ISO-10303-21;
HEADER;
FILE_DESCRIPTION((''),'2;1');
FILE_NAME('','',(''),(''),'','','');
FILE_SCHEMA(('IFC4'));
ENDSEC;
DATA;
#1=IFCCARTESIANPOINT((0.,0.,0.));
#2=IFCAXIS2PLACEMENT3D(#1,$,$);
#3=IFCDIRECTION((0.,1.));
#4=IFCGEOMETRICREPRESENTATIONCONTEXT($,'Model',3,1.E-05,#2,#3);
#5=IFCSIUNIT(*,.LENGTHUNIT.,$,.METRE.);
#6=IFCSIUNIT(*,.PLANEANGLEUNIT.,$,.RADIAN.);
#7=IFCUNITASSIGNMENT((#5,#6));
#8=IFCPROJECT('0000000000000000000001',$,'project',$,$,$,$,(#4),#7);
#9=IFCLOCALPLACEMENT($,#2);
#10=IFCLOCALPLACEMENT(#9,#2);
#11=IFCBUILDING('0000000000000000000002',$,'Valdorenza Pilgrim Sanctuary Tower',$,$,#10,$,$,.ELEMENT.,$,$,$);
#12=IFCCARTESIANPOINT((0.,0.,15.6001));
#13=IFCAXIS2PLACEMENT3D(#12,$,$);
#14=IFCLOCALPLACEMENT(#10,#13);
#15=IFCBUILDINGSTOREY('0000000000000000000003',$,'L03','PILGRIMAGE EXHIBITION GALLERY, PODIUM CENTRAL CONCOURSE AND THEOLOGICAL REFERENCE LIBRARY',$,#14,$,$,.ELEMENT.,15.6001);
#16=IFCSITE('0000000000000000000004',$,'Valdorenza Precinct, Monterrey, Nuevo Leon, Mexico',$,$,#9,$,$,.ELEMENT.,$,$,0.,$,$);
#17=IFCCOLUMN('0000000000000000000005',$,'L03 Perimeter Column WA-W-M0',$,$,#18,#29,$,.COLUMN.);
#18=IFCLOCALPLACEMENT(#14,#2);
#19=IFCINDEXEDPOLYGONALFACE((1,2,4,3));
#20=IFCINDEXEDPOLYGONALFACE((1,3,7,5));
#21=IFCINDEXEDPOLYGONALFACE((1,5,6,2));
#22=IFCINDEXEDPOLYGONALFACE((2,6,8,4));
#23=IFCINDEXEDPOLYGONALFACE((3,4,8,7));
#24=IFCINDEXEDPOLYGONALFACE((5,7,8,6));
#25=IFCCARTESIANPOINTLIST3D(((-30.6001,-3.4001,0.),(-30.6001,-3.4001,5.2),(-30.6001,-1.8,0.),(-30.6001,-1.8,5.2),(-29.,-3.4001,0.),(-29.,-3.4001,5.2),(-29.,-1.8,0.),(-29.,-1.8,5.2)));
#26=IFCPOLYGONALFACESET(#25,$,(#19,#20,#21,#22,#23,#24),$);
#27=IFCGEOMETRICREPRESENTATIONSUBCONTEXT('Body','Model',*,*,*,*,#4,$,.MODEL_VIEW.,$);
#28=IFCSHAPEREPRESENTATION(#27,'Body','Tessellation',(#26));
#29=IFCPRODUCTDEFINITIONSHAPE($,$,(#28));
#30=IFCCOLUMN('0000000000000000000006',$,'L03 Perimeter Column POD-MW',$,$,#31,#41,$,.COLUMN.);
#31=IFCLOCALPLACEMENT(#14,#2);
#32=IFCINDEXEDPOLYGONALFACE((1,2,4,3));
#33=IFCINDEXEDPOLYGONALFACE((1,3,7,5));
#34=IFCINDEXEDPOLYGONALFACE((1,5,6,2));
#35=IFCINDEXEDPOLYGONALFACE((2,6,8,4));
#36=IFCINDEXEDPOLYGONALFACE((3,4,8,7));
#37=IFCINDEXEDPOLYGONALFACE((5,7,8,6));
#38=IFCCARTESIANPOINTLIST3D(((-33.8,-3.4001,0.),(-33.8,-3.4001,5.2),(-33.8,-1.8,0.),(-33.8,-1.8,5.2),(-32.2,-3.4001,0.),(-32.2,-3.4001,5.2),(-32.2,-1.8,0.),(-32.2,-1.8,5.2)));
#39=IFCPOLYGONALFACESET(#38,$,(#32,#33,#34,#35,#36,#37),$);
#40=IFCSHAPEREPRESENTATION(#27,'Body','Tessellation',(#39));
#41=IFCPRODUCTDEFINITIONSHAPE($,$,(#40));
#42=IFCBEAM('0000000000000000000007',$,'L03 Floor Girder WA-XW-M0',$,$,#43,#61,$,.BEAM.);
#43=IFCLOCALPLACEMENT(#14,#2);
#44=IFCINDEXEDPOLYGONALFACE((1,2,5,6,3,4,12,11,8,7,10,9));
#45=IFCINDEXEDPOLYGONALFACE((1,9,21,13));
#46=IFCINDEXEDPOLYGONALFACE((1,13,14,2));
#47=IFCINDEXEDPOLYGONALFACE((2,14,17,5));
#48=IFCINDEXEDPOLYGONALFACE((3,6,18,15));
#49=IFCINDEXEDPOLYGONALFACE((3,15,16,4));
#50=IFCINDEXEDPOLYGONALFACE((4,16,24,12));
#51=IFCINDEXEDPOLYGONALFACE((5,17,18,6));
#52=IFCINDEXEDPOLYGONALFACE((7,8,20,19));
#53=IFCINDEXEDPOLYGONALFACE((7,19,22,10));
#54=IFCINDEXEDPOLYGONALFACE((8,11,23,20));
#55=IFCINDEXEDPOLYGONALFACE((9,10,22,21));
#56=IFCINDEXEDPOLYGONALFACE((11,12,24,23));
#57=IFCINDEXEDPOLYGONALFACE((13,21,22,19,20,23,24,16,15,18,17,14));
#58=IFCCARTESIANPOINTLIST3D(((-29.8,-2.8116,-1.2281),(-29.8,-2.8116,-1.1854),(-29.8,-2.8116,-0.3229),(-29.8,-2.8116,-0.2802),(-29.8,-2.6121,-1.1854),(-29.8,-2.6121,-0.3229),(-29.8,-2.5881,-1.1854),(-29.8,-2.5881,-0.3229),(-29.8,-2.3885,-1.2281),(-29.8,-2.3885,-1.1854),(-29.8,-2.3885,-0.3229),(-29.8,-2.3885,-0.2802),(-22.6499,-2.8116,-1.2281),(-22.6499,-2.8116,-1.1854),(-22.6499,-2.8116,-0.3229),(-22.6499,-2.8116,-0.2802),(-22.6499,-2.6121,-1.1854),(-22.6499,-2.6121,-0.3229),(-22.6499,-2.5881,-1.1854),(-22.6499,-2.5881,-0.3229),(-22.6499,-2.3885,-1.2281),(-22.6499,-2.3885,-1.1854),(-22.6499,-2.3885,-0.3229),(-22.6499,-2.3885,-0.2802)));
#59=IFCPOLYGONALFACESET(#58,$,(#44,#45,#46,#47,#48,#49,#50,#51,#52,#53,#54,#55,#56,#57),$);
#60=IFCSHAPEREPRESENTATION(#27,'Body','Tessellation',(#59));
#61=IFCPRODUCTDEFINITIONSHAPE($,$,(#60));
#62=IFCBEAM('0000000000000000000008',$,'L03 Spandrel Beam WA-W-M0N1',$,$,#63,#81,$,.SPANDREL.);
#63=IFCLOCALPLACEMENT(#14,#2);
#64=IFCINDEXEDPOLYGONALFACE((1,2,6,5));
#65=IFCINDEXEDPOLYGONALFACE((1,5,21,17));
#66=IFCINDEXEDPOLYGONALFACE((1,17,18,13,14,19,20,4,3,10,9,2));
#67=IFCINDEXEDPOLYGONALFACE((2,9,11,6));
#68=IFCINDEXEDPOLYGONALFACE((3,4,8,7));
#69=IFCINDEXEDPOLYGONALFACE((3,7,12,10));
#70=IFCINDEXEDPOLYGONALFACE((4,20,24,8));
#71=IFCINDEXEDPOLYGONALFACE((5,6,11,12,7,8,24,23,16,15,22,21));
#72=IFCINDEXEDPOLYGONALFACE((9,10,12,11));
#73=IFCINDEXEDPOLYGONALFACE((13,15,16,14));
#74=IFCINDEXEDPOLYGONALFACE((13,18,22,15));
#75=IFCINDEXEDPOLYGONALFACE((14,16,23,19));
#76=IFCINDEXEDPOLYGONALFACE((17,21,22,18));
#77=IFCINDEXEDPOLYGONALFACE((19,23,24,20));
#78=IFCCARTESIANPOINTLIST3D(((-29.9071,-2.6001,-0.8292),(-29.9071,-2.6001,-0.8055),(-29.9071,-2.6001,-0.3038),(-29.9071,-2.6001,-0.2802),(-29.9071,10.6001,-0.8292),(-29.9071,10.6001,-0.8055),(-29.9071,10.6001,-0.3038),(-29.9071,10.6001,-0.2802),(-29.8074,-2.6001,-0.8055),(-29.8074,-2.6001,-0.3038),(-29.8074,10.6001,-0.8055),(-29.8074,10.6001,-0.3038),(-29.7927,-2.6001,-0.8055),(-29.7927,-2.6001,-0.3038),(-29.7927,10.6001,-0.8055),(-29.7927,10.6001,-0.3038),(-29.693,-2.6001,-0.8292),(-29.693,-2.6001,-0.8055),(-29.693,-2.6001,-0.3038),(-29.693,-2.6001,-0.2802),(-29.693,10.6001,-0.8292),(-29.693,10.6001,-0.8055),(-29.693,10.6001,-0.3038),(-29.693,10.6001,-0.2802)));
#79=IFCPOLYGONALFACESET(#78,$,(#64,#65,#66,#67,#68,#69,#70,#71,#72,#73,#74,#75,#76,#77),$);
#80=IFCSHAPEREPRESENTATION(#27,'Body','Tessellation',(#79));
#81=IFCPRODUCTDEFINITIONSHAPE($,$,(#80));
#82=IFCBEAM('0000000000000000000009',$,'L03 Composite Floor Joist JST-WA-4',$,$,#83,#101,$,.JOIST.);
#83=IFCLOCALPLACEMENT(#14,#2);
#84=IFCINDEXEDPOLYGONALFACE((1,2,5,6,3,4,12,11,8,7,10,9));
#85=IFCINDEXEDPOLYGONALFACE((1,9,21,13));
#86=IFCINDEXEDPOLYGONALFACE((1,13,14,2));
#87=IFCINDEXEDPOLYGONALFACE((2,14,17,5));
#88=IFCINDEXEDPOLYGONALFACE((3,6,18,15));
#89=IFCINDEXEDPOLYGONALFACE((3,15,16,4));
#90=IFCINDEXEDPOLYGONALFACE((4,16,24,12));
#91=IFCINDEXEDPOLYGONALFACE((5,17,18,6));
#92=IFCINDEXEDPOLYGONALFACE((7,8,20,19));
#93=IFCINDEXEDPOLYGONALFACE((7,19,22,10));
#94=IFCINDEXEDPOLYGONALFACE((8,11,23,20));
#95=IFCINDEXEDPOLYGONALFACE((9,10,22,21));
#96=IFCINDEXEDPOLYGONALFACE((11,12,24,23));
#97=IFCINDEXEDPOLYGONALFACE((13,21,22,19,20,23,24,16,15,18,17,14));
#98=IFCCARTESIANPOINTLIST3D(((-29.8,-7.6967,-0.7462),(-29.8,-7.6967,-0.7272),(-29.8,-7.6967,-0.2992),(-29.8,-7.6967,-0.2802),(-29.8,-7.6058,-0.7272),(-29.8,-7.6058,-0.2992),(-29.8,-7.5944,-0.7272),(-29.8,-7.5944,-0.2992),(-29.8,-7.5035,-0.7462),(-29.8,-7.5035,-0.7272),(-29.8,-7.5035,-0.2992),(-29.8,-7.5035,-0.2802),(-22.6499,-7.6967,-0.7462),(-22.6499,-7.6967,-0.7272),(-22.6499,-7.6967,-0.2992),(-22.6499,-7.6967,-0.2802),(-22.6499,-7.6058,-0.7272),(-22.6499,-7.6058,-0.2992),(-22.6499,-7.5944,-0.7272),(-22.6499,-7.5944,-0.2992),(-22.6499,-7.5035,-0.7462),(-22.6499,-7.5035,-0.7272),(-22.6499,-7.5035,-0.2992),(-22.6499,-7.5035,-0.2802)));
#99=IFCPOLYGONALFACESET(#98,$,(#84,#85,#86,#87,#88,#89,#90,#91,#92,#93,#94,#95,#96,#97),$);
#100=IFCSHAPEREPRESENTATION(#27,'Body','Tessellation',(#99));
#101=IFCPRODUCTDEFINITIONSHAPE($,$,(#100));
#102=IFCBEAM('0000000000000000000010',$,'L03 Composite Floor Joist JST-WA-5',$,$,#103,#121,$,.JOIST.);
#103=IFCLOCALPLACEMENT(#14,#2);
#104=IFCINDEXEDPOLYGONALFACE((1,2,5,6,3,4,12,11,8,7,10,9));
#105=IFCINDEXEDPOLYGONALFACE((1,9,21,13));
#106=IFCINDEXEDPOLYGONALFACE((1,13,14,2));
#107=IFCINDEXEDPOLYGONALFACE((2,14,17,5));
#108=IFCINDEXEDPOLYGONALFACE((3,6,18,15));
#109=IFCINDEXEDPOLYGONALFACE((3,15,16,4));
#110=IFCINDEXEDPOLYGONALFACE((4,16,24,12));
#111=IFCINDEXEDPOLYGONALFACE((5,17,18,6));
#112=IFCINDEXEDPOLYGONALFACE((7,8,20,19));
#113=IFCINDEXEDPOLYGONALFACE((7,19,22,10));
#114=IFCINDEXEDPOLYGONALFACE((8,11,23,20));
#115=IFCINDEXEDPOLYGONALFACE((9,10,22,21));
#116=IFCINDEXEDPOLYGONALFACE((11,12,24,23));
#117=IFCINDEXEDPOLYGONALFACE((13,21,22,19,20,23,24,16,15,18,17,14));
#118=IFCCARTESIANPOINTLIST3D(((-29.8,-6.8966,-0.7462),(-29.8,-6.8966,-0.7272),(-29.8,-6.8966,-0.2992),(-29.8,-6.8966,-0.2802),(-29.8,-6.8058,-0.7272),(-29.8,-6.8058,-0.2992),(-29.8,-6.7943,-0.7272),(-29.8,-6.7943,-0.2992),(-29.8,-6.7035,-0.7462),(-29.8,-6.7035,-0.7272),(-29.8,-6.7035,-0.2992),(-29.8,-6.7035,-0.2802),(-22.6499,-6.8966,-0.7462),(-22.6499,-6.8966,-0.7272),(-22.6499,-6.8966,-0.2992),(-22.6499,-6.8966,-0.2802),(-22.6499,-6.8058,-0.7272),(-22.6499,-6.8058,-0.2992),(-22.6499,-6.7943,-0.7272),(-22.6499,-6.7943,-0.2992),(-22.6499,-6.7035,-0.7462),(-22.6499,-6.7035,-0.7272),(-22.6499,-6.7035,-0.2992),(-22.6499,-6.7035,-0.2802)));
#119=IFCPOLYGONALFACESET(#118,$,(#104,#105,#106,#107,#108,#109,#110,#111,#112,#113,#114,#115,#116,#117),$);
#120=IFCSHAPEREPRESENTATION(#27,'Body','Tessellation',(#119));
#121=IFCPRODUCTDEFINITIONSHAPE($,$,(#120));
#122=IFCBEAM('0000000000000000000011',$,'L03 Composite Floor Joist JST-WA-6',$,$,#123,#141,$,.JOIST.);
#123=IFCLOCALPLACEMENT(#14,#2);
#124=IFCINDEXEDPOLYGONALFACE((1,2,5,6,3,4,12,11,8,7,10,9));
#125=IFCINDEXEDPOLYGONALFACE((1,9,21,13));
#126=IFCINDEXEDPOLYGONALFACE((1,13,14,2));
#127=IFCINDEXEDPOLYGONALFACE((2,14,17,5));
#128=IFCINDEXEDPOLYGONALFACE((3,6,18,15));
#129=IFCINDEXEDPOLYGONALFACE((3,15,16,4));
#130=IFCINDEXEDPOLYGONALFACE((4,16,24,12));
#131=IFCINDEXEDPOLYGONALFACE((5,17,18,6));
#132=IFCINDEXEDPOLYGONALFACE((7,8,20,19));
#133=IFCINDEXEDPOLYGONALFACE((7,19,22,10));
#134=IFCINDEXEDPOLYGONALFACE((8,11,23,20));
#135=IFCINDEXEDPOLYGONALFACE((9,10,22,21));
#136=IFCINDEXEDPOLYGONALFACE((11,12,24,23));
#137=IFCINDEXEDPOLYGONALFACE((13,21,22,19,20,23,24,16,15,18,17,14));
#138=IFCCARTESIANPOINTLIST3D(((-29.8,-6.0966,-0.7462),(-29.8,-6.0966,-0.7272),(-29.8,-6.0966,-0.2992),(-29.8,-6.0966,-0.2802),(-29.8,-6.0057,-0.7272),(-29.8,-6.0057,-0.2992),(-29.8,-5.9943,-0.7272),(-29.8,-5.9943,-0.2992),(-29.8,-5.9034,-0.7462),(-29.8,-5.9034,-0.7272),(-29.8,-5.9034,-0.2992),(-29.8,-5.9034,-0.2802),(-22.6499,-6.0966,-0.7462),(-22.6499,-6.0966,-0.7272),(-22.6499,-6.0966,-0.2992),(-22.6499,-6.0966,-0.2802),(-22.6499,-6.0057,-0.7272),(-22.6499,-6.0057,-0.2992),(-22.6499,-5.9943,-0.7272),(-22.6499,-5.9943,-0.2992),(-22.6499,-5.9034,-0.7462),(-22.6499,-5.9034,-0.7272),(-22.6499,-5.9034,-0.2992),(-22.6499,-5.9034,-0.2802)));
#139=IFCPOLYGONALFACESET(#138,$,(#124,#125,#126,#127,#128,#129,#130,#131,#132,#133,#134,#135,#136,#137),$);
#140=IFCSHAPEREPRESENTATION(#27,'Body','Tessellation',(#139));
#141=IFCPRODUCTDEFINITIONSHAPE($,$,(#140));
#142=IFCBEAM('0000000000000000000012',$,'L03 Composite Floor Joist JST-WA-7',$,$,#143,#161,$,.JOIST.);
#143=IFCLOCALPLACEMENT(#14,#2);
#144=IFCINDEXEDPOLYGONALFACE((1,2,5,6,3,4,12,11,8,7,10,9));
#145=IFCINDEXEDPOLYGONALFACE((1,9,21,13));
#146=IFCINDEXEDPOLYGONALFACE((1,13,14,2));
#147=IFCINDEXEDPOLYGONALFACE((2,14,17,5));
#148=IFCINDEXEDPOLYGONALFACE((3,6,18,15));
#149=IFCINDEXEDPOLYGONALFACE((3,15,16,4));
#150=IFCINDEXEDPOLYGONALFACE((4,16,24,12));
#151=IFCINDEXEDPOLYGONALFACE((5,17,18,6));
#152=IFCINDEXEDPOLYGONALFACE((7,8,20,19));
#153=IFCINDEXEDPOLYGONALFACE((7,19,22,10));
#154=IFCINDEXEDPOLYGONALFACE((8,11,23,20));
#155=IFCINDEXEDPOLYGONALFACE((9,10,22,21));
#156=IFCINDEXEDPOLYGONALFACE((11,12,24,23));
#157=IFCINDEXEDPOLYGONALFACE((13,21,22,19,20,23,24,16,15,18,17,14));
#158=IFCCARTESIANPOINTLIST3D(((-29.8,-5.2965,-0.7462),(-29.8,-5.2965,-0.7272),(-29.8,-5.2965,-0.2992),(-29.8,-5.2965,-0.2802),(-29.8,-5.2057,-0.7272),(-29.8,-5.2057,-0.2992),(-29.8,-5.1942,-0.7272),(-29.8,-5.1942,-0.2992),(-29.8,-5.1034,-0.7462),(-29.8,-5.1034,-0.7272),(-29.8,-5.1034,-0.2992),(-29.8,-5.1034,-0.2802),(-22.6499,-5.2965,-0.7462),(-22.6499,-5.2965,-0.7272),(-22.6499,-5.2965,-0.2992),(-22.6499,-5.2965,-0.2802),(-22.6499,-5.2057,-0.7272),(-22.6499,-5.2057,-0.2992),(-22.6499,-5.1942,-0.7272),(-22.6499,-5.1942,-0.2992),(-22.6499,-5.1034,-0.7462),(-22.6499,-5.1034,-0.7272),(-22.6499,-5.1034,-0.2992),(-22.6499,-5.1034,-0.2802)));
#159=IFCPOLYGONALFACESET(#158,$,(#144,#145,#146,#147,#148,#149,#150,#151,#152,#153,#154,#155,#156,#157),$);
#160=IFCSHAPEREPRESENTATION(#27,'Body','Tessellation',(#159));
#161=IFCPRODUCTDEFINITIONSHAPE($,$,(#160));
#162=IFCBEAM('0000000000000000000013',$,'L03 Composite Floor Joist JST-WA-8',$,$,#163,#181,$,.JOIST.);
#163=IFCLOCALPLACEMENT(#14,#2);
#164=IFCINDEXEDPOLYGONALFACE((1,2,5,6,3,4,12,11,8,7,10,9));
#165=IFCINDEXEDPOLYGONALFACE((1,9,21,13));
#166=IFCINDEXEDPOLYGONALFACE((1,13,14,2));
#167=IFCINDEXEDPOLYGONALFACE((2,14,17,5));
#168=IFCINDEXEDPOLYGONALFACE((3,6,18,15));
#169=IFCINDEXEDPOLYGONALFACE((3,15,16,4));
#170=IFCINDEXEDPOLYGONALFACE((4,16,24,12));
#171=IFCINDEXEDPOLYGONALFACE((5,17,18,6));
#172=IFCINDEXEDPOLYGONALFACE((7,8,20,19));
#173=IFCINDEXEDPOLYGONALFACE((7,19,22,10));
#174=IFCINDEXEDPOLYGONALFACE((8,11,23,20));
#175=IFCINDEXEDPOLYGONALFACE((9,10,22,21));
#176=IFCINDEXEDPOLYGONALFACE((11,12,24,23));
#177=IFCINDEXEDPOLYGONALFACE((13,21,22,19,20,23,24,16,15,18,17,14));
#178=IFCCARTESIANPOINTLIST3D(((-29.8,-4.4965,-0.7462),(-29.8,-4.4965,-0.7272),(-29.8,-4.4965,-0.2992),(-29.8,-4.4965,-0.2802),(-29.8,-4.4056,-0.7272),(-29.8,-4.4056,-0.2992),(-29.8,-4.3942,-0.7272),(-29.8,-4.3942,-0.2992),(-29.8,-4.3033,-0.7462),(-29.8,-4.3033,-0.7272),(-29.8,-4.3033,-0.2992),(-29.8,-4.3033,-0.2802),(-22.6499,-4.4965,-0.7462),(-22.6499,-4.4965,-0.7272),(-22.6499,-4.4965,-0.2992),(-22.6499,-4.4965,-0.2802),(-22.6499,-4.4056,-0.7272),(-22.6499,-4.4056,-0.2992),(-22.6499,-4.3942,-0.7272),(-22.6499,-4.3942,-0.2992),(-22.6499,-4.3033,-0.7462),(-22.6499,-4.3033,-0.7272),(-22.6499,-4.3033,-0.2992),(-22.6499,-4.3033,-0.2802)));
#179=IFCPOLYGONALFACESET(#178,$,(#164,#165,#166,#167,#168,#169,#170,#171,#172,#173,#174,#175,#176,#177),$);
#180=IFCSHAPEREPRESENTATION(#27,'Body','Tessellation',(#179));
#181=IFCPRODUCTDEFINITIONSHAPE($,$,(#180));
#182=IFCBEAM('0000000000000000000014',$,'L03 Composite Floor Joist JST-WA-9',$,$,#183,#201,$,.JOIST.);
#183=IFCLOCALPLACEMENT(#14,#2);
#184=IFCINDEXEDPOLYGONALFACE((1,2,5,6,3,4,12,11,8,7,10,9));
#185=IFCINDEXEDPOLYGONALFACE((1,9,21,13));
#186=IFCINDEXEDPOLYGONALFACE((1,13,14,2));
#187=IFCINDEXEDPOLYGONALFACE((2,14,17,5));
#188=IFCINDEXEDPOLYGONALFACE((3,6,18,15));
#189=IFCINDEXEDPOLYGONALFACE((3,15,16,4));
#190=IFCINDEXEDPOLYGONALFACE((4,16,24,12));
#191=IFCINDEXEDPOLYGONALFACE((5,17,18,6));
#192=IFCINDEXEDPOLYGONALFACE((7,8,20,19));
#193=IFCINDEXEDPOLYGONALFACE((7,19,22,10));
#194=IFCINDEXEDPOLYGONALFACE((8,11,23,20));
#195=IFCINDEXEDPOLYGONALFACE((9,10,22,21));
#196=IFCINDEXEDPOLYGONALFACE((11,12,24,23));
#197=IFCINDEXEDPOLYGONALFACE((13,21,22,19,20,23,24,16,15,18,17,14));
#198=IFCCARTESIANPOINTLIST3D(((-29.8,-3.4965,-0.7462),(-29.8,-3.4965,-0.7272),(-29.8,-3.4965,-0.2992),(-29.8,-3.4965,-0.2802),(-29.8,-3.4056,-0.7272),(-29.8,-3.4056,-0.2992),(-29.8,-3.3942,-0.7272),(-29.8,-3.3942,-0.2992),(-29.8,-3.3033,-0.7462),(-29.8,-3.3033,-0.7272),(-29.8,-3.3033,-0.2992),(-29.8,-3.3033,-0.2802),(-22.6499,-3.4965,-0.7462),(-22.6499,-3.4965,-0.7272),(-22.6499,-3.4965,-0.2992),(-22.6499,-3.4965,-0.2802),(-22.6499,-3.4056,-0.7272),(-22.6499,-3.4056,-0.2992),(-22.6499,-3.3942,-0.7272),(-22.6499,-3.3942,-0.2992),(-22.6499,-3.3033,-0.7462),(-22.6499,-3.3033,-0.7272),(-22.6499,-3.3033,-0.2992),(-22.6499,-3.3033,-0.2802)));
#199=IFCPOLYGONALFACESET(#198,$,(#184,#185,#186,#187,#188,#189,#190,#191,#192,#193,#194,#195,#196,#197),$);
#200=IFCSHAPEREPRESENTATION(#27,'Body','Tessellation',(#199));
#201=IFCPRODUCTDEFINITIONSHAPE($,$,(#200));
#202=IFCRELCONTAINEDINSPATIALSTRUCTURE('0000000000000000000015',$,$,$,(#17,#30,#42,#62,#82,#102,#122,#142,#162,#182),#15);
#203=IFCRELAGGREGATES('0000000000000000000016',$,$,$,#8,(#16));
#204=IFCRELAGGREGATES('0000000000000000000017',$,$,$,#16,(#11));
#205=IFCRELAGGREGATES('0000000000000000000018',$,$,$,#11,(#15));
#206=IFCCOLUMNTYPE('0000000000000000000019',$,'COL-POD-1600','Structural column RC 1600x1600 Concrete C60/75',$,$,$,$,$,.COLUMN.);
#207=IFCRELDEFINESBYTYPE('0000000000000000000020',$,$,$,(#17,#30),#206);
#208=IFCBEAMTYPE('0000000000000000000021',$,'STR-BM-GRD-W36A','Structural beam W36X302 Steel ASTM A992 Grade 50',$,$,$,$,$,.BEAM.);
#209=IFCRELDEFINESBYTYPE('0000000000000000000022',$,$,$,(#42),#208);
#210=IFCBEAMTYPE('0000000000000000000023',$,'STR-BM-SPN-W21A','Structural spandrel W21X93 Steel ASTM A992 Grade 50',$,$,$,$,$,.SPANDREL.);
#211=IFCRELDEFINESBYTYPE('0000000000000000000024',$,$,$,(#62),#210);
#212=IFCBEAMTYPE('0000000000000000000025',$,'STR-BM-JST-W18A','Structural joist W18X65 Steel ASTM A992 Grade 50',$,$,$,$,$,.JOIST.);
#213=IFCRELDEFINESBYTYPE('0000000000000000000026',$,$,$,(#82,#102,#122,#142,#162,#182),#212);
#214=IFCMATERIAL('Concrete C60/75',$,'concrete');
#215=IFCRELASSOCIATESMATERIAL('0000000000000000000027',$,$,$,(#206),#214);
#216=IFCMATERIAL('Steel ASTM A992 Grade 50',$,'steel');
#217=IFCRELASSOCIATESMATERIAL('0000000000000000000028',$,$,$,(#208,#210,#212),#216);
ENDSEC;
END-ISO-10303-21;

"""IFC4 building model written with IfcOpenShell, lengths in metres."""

from ifc_helpers import new_model, si_unit, direction, frame, origin, origin_2d, place, context, subcontext, project, spatial, rectangle, i_section, extrude, source, transform, mapped, material, material_profile, profile_set, type_object, element, save


model = new_model("IFC4")

# Units and contexts
model_context = context("Model", 3, precision=1e-05, world=origin(), true_north=direction((0.0, 1.0)))
body_context = subcontext(model_context, "Body", "Model", "MODEL_VIEW")
ifc_project = project(units=[si_unit("LENGTHUNIT", "METRE"), si_unit("PLANEANGLEUNIT", "RADIAN")], contexts=[model_context])

# Site, building, storey
site_placement = place(None, origin())
site = spatial("IfcSite", under=ifc_project, at=site_placement, Name="Valdorenza Precinct, Monterrey, Nuevo Leon, Mexico", CompositionType="ELEMENT", RefElevation=0.0)
building_placement = place(site_placement, origin())
building = spatial("IfcBuilding", under=site, at=building_placement, Name="Valdorenza Pilgrim Sanctuary Tower", CompositionType="ELEMENT")
storey_placement = place(building_placement, frame((0.0, 0.0, 15.6001)))
storey = spatial("IfcBuildingStorey", under=building, at=storey_placement, Name="L03", Description="PILGRIMAGE EXHIBITION GALLERY, PODIUM CENTRAL CONCOURSE AND THEOLOGICAL REFERENCE LIBRARY", CompositionType="ELEMENT", Elevation=15.6001)

# Columns
ifc_material_1 = material(Name="Concrete C60/75", Category="concrete")
ifc_material_profile_1 = material_profile(ifc_material_1, rectangle(XDim=1.6001, YDim=1.6001, at=origin_2d()), Name="RC 1600x1600")
ifc_profile_set_1 = profile_set([ifc_material_profile_1], Name="Concrete C60/75")
column_type = type_object("IfcColumnType", Name="COL-POD-1600", Description="Structural column RC 1600x1600 Concrete C60/75", PredefinedType="COLUMN", material=ifc_profile_set_1)
shared_shape_1 = source(origin(), body_context, "Body", "SweptSolid", [
    extrude(rectangle(XDim=1.6001, YDim=1.6001, at=origin_2d()), origin(), (0.0, 0.0, 1.0), 5.2),
])
for number, where, z_axis, x_axis, name in (
    (1, (-29.8, -2.6001, 0.0), (0.0, 0.0, 1.0), (1.0, 0.0, 0.0), "L03 Perimeter Column WA-W-M0"),
    (2, (-33.0, -2.6001, 0.0), (0.0, 0.0, 1.0), (1.0, 0.0, 0.0), "L03 Perimeter Column POD-MW"),
):
    element("IfcColumn", number, at=place(storey_placement, frame(where, z_axis=z_axis, x_axis=x_axis)), inside=storey, type_object=column_type, Name=name, PredefinedType="COLUMN", context=body_context, shape_type="MappedRepresentation", body=[
        mapped(shared_shape_1, transform((0.0, 0.0, 0.0), x_axis=(1.0, 0.0, 0.0), y_axis=(0.0, 1.0, 0.0), z_axis=(0.0, 0.0, 1.0), scale=1.0)),
    ])

# Beams
ifc_material_2 = material(Name="Steel ASTM A992 Grade 50", Category="steel")
ifc_material_profile_2 = material_profile(ifc_material_2, i_section(OverallWidth=0.4231, OverallDepth=0.948, WebThickness=0.0239, FlangeThickness=0.0427, at=origin_2d()), Name="W36X302")
ifc_profile_set_2 = profile_set([ifc_material_profile_2], Name="Steel ASTM A992 Grade 50")
beam_type_1 = type_object("IfcBeamType", Name="STR-BM-GRD-W36A", Description="Structural beam W36X302 Steel ASTM A992 Grade 50", PredefinedType="BEAM", material=ifc_profile_set_2)
shared_shape_2 = source(origin(), body_context, "Body", "SweptSolid", [
    extrude(i_section(OverallWidth=0.4231, OverallDepth=0.948, WebThickness=0.0239, FlangeThickness=0.0427, at=origin_2d()), origin(), (0.0, 0.0, 1.0), 7.1501),
])
beam_1_placement = place(storey_placement, frame((-29.8, -2.6001, -0.7542), z_axis=(1.0, 0.0, 0.0), x_axis=(0.0, 1.0, 0.0)))
element("IfcBeam", 3, at=beam_1_placement, inside=storey, type_object=beam_type_1, Name="L03 Floor Girder WA-XW-M0", PredefinedType="BEAM", context=body_context, shape_type="MappedRepresentation", body=[
    mapped(shared_shape_2, transform((0.0, 0.0, 0.0), x_axis=(1.0, 0.0, 0.0), y_axis=(0.0, 1.0, 0.0), z_axis=(0.0, 0.0, 1.0), scale=1.0)),
])
ifc_material_profile_3 = material_profile(ifc_material_2, i_section(OverallWidth=0.2141, OverallDepth=0.5491, WebThickness=0.0146, FlangeThickness=0.0237, at=origin_2d()), Name="W21X93")
ifc_profile_set_3 = profile_set([ifc_material_profile_3], Name="Steel ASTM A992 Grade 50")
beam_type_2 = type_object("IfcBeamType", Name="STR-BM-SPN-W21A", Description="Structural spandrel W21X93 Steel ASTM A992 Grade 50", PredefinedType="SPANDREL", material=ifc_profile_set_3)
shared_shape_3 = source(origin(), body_context, "Body", "SweptSolid", [
    extrude(i_section(OverallWidth=0.2141, OverallDepth=0.5491, WebThickness=0.0146, FlangeThickness=0.0237, at=origin_2d()), origin(), (0.0, 0.0, 1.0), 13.2002),
])
beam_2_placement = place(storey_placement, frame((-29.8, -2.6001, -0.5547), z_axis=(0.0, 1.0, 0.0), x_axis=(-1.0, 0.0, 0.0)))
element("IfcBeam", 4, at=beam_2_placement, inside=storey, type_object=beam_type_2, Name="L03 Spandrel Beam WA-W-M0N1", PredefinedType="SPANDREL", context=body_context, shape_type="MappedRepresentation", body=[
    mapped(shared_shape_3, transform((0.0, 0.0, 0.0), x_axis=(1.0, 0.0, 0.0), y_axis=(0.0, 1.0, 0.0), z_axis=(0.0, 0.0, 1.0), scale=1.0)),
])
ifc_material_profile_4 = material_profile(ifc_material_2, i_section(OverallWidth=0.1931, OverallDepth=0.4661, WebThickness=0.0115, FlangeThickness=0.019, at=origin_2d()), Name="W18X65")
ifc_profile_set_4 = profile_set([ifc_material_profile_4], Name="Steel ASTM A992 Grade 50")
beam_type_3 = type_object("IfcBeamType", Name="STR-BM-JST-W18A", Description="Structural joist W18X65 Steel ASTM A992 Grade 50", PredefinedType="JOIST", material=ifc_profile_set_4)
shared_shape_4 = source(origin(), body_context, "Body", "SweptSolid", [
    extrude(i_section(OverallWidth=0.1931, OverallDepth=0.4661, WebThickness=0.0115, FlangeThickness=0.019, at=origin_2d()), origin(), (0.0, 0.0, 1.0), 7.1501),
])
for number, where, z_axis, x_axis, name in (
    (5, (-29.8, -7.6001, -0.5132), (1.0, 0.0, 0.0), (0.0, 1.0, 0.0), "L03 Composite Floor Joist JST-WA-4"),
    (6, (-29.8, -6.8, -0.5132), (1.0, 0.0, 0.0), (0.0, 1.0, 0.0), "L03 Composite Floor Joist JST-WA-5"),
    (7, (-29.8, -6.0, -0.5132), (1.0, 0.0, 0.0), (0.0, 1.0, 0.0), "L03 Composite Floor Joist JST-WA-6"),
    (8, (-29.8, -5.2, -0.5132), (1.0, 0.0, 0.0), (0.0, 1.0, 0.0), "L03 Composite Floor Joist JST-WA-7"),
    (9, (-29.8, -4.3999, -0.5132), (1.0, 0.0, 0.0), (0.0, 1.0, 0.0), "L03 Composite Floor Joist JST-WA-8"),
    (10, (-29.8, -3.3999, -0.5132), (1.0, 0.0, 0.0), (0.0, 1.0, 0.0), "L03 Composite Floor Joist JST-WA-9"),
):
    element("IfcBeam", number, at=place(storey_placement, frame(where, z_axis=z_axis, x_axis=x_axis)), inside=storey, type_object=beam_type_3, Name=name, PredefinedType="JOIST", context=body_context, shape_type="MappedRepresentation", body=[
        mapped(shared_shape_4, transform((0.0, 0.0, 0.0), x_axis=(1.0, 0.0, 0.0), y_axis=(0.0, 1.0, 0.0), z_axis=(0.0, 0.0, 1.0), scale=1.0)),
    ])

save(model, "model.ifc")
